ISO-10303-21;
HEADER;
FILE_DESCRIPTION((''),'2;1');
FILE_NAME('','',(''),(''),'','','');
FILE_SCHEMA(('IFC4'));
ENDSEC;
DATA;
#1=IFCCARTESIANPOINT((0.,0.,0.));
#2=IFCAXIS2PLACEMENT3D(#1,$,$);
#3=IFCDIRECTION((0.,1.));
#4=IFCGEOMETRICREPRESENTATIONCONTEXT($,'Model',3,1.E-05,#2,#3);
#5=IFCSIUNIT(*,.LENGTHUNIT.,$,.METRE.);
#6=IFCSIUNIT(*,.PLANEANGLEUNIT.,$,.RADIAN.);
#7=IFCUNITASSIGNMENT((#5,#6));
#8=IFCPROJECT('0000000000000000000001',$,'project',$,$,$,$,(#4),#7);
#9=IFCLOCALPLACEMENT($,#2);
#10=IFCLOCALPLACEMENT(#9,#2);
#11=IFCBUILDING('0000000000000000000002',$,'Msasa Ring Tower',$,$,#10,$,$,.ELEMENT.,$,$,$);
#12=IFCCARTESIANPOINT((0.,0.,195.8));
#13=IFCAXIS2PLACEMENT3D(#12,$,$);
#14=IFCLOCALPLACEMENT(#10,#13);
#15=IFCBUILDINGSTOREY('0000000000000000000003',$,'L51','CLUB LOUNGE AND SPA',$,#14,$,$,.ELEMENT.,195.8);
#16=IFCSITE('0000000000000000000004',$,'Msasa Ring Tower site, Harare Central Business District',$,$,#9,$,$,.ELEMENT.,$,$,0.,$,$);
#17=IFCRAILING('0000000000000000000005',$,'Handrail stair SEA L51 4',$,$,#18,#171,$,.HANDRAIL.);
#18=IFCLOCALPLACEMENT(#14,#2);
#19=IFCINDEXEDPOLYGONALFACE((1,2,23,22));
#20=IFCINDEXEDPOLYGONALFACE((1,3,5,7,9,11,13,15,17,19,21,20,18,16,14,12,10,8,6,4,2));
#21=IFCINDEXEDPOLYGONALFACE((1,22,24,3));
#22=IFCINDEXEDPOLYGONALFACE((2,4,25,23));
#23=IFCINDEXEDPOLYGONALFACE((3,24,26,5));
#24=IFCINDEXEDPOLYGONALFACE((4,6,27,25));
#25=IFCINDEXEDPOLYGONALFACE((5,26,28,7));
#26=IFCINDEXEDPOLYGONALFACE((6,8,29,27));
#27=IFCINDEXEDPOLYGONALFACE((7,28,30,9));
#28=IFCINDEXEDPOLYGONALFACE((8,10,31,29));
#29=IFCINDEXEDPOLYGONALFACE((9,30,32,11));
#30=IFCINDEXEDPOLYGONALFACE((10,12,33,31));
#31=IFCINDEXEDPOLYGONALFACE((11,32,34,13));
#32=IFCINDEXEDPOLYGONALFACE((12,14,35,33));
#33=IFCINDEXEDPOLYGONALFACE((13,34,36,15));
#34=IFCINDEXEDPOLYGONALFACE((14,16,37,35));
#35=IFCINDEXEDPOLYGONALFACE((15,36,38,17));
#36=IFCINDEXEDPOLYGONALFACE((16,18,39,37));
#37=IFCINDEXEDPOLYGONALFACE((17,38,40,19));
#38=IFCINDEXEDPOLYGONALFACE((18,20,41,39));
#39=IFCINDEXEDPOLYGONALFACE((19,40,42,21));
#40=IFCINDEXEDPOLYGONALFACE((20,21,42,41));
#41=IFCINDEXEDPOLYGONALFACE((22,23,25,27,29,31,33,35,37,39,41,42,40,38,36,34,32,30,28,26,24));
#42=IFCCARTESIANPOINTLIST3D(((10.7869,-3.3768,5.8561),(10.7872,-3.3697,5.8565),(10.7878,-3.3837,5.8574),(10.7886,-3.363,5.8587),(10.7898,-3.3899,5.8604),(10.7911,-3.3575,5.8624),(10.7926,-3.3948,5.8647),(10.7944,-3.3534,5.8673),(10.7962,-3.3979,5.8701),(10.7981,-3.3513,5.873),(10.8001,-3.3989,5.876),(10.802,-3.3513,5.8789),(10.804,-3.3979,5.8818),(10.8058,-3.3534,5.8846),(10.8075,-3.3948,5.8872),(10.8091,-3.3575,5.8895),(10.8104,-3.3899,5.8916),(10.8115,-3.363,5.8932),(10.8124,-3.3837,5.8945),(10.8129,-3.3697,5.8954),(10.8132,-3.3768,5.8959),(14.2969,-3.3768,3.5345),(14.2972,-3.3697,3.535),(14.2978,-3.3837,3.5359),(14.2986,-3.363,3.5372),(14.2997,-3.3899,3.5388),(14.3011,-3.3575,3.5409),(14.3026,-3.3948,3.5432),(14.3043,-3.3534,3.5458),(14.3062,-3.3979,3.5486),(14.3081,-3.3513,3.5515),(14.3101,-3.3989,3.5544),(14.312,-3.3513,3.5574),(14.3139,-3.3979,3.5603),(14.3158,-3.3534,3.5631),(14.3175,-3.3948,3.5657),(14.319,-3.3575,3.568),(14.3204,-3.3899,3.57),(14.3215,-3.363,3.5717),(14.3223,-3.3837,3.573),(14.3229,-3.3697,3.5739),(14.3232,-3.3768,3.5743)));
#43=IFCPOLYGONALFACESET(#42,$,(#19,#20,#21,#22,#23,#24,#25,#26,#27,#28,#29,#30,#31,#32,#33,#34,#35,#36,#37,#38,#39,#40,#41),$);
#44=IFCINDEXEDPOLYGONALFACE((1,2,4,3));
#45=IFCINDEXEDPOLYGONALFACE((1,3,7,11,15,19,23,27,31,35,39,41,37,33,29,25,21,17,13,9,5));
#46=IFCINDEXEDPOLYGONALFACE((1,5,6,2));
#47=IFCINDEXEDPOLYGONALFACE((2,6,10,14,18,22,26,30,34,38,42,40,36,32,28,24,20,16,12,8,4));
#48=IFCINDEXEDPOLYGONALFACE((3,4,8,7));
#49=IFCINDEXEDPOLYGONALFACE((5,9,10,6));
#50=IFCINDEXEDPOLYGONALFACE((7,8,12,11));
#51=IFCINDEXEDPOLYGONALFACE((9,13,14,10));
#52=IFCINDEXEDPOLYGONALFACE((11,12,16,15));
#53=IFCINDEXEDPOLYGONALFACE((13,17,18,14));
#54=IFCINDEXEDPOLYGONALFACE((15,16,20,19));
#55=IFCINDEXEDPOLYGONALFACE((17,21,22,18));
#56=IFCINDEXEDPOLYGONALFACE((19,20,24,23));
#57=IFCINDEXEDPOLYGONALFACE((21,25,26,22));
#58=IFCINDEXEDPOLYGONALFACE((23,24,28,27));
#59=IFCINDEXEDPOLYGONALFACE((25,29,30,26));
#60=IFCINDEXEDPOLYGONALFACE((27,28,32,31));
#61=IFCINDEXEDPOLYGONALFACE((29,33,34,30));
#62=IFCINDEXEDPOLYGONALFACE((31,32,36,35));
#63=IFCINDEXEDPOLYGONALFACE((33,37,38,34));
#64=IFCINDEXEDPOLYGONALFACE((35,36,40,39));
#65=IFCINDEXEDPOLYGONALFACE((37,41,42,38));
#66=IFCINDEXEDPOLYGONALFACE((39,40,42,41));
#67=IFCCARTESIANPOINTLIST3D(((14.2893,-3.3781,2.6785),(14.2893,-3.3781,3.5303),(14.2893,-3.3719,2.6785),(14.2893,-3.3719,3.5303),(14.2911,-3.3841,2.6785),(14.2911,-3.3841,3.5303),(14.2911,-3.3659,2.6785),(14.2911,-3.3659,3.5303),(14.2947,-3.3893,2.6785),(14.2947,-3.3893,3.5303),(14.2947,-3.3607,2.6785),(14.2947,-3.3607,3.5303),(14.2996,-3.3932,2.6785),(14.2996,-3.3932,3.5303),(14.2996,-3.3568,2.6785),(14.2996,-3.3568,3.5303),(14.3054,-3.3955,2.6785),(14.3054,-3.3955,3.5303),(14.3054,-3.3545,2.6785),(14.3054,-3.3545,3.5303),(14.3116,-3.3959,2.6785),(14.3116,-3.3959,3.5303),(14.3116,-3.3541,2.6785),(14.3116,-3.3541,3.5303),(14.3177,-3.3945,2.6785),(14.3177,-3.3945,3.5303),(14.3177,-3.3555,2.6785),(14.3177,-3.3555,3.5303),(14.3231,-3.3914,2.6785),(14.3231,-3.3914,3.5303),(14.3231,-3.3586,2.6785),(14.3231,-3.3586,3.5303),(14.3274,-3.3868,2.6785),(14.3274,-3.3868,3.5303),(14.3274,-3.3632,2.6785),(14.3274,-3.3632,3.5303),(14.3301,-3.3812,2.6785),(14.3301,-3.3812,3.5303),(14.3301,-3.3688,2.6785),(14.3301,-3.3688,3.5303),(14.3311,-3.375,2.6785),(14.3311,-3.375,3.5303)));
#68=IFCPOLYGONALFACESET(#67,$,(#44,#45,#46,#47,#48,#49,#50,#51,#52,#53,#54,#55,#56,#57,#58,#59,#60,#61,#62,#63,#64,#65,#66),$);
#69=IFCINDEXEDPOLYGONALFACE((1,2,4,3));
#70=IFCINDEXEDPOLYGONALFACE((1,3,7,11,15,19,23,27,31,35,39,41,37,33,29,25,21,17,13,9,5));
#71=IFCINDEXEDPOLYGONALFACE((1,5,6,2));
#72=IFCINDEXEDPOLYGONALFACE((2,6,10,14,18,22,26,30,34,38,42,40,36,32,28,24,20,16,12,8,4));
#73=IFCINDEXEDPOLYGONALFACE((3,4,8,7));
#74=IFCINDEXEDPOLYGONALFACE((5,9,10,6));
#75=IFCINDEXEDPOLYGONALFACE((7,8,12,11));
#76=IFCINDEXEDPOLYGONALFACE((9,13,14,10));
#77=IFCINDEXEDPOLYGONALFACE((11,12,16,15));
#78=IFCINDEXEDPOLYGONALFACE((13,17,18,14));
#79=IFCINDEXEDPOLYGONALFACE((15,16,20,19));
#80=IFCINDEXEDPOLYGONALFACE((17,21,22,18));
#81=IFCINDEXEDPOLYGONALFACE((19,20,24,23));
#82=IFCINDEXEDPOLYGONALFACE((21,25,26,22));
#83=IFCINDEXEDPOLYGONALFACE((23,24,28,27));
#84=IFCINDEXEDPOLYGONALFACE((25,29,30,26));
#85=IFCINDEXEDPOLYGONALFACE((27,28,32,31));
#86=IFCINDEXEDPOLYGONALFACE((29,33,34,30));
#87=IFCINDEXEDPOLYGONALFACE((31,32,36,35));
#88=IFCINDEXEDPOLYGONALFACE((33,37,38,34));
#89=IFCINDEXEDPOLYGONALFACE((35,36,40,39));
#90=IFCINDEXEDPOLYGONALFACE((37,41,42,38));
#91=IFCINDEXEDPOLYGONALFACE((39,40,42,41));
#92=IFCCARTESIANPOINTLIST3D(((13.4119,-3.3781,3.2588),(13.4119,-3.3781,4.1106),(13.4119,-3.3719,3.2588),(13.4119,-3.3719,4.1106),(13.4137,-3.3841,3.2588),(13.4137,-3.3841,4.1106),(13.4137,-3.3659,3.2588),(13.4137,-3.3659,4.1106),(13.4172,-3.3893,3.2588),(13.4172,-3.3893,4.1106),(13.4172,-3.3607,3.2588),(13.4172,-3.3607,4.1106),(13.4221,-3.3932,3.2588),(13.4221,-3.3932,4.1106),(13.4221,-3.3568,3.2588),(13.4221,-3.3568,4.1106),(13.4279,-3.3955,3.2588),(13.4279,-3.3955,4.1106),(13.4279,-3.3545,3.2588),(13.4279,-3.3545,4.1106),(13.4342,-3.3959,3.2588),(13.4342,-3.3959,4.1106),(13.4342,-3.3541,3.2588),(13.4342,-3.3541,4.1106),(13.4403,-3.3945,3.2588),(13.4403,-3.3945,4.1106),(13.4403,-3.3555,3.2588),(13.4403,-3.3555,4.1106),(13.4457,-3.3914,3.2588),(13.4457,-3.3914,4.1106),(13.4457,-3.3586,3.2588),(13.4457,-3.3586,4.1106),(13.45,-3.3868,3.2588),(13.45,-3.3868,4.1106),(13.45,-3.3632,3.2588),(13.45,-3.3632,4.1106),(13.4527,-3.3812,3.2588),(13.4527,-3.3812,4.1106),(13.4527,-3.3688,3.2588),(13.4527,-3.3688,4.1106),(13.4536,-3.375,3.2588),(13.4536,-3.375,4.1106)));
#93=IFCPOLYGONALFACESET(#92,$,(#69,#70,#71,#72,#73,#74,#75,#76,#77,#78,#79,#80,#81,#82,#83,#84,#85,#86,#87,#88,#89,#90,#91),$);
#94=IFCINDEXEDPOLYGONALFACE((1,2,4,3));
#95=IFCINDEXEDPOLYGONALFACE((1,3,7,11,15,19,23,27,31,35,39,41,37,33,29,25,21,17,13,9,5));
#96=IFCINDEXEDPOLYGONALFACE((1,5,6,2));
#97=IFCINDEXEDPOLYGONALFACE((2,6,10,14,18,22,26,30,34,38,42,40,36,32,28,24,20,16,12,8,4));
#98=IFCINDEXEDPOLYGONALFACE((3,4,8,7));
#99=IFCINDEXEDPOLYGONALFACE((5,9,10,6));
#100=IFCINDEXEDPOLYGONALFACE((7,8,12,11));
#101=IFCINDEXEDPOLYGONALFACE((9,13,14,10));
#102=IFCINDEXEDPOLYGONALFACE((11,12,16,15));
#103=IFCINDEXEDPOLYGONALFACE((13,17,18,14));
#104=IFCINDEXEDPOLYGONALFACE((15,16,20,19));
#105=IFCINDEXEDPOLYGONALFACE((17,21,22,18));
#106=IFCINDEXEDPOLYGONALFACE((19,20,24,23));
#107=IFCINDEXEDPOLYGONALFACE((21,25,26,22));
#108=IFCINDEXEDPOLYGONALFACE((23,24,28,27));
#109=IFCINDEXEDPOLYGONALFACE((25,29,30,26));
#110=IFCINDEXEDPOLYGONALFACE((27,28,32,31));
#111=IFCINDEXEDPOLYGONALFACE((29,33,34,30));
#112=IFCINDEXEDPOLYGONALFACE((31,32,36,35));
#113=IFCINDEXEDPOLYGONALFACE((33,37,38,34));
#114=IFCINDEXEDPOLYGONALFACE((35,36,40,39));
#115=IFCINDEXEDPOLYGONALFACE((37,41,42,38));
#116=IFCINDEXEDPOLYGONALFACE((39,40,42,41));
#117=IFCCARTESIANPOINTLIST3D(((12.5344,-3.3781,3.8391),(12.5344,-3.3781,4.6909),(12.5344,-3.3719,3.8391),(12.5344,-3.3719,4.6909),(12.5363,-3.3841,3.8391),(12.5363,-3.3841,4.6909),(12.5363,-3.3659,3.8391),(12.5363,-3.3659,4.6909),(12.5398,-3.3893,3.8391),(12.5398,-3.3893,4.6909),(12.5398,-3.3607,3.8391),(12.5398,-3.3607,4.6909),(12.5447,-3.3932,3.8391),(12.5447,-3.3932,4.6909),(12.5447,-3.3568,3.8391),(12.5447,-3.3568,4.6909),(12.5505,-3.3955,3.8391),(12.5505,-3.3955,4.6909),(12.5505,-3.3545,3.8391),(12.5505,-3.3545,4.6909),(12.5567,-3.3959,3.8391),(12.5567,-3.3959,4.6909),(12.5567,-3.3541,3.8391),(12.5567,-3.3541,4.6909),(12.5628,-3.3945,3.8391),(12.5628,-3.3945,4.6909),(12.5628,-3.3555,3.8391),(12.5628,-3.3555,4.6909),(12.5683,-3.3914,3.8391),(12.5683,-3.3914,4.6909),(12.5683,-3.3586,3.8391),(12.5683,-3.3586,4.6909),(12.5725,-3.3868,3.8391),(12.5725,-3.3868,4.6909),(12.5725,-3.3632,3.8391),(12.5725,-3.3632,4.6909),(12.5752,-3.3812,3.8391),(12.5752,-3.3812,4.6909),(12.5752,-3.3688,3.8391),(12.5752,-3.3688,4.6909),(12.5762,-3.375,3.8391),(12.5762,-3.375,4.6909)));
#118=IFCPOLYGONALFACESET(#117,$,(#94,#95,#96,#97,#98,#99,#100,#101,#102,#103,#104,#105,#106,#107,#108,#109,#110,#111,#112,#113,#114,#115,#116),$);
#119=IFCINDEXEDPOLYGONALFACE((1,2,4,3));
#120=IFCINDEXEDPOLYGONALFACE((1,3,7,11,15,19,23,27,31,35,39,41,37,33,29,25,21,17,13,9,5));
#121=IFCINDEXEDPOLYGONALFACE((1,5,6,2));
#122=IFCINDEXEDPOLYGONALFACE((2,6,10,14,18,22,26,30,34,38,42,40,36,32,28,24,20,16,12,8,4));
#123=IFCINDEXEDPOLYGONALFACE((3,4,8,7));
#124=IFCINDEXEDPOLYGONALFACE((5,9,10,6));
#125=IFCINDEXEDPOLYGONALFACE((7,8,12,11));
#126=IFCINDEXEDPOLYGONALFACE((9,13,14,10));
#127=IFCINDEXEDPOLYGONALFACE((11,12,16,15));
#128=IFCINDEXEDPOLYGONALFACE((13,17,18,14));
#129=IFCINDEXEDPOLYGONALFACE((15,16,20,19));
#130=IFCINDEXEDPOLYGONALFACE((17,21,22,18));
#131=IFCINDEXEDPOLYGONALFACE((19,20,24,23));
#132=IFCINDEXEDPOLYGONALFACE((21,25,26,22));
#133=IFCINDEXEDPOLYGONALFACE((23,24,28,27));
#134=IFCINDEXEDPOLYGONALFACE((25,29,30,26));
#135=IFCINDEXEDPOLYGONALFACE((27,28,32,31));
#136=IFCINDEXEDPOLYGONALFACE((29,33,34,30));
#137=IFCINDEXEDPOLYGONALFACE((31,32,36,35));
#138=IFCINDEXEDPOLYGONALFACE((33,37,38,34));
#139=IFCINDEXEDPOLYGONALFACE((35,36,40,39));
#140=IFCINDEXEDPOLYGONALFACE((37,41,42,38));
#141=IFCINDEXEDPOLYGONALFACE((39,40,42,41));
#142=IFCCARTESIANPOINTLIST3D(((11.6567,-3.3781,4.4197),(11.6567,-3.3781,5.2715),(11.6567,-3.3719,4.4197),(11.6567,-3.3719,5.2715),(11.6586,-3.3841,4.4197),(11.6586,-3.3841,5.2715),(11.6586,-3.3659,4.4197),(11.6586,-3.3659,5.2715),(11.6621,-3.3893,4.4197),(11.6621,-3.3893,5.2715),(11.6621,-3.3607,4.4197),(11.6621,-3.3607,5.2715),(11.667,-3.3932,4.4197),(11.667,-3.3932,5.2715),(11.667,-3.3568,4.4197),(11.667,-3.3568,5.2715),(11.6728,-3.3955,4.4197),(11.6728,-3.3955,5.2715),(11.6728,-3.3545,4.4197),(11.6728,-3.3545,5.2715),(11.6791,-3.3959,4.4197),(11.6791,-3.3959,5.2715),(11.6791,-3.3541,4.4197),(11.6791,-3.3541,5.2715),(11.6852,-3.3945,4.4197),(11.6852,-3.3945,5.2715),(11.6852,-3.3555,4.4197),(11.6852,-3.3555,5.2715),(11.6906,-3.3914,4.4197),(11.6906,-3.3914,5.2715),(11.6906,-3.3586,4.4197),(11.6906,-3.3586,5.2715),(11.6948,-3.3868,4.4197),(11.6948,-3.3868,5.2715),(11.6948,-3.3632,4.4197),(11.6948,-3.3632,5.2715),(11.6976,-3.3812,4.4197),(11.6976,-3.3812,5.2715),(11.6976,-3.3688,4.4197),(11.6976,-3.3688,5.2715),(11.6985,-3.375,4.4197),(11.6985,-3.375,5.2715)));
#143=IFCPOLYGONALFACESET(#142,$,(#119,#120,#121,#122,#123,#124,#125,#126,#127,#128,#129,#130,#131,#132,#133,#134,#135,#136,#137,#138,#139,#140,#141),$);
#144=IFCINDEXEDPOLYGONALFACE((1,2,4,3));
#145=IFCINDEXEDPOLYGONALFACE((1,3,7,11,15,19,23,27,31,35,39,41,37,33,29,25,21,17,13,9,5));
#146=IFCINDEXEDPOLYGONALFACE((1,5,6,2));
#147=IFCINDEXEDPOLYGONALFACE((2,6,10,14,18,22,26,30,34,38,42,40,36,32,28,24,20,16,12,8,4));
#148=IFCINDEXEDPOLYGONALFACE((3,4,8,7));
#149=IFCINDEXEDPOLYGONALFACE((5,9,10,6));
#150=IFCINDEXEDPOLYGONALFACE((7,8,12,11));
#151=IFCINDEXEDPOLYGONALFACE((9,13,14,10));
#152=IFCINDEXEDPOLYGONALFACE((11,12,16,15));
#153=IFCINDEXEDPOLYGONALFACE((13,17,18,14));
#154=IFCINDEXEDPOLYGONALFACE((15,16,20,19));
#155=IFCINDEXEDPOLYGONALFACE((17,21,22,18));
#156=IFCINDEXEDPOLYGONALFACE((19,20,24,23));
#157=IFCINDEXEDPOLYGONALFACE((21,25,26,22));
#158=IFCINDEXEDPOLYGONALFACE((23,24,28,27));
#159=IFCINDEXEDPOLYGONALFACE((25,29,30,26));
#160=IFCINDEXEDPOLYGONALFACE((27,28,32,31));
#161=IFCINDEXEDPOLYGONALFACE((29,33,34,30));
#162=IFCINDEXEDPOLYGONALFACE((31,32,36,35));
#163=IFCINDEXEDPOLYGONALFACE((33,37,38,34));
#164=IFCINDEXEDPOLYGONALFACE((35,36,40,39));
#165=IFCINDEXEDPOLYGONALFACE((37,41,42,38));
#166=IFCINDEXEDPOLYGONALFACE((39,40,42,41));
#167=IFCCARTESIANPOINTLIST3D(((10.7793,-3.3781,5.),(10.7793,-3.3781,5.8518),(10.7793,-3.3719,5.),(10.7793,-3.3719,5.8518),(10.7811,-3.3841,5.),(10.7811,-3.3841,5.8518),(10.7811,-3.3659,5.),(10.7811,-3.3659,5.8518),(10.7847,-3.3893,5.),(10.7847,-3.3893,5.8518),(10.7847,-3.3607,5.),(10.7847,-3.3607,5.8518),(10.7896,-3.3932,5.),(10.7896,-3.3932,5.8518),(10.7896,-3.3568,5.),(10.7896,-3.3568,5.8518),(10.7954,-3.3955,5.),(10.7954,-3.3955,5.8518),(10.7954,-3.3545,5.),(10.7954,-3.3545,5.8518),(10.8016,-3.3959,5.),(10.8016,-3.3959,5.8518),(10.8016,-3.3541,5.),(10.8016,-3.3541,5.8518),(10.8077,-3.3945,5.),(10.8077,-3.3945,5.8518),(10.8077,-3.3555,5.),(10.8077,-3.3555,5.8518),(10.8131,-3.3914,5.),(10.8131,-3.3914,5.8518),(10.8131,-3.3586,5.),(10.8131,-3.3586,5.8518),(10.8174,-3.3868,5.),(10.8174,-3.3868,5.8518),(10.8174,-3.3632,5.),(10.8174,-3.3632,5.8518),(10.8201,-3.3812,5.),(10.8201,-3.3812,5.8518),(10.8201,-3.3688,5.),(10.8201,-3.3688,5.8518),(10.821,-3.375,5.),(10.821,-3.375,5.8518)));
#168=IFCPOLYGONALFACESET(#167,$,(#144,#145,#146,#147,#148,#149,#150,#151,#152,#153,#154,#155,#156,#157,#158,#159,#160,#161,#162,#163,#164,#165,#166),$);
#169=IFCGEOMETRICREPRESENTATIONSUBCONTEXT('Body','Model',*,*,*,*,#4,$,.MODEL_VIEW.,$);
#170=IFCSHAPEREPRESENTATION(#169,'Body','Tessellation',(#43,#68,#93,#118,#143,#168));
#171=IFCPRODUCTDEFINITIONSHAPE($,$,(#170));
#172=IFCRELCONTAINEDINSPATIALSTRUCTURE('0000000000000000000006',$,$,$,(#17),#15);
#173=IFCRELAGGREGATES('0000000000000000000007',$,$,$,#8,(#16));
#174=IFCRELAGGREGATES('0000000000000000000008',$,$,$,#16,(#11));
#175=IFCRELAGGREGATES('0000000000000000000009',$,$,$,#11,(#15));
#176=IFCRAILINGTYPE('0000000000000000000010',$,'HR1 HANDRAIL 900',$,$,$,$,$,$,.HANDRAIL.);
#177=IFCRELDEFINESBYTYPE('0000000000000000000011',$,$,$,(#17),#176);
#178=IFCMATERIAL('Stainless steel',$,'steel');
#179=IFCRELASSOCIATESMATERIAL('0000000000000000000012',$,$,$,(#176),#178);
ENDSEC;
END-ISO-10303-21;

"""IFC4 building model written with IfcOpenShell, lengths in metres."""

from ifc_helpers import new_model, si_unit, direction, frame, origin, origin_2d, place, context, subcontext, project, spatial, circle, extrude, material, type_object, element, save


model = new_model("IFC4")

# Units and contexts
model_context = context("Model", 3, precision=1e-05, world=origin(), true_north=direction((0.0, 1.0)))
body_context = subcontext(model_context, "Body", "Model", "MODEL_VIEW")
ifc_project = project(units=[si_unit("LENGTHUNIT", "METRE"), si_unit("PLANEANGLEUNIT", "RADIAN")], contexts=[model_context])

# Site, building, storey
site_placement = place(None, origin())
site = spatial("IfcSite", under=ifc_project, at=site_placement, Name="Msasa Ring Tower site, Harare Central Business District", CompositionType="ELEMENT", RefElevation=0.0)
building_placement = place(site_placement, origin())
building = spatial("IfcBuilding", under=site, at=building_placement, Name="Msasa Ring Tower", CompositionType="ELEMENT")
storey_placement = place(building_placement, frame((0.0, 0.0, 195.8)))
storey = spatial("IfcBuildingStorey", under=building, at=storey_placement, Name="L51", Description="CLUB LOUNGE AND SPA", CompositionType="ELEMENT", Elevation=195.8)

# Railing
ifc_material_1 = material(Name="Stainless steel", Category="steel")
railing_type = type_object("IfcRailingType", Name="HR1 HANDRAIL 900", PredefinedType="HANDRAIL", material=ifc_material_1)
for number, where, name in (
    (1, (14.3101, -3.375, 2.6785), "Handrail stair SEA L51 4"),
):
    element("IfcRailing", number, at=place(storey_placement, frame(where)), inside=storey, type_object=railing_type, Name=name, PredefinedType="HANDRAIL", context=body_context, shape_type="SweptSolid", body=[
        extrude(circle(Radius=0.0239, at=origin_2d()), frame((0.0, 0.0, 0.876), z_axis=(-0.834071, 0.0, 0.551657), x_axis=(0.0, -1.0, 0.0)), (0.0, 0.0, 1.0), 4.2083),
        extrude(circle(Radius=0.021, at=origin_2d()), origin(), (0.0, 0.0, 1.0), 0.8518),
        extrude(circle(Radius=0.021, at=origin_2d()), frame((-0.8774, 0.0, 0.5803)), (0.0, 0.0, 1.0), 0.8518),
        extrude(circle(Radius=0.021, at=origin_2d()), frame((-1.7549, 0.0, 1.1606)), (0.0, 0.0, 1.0), 0.8518),
        extrude(circle(Radius=0.021, at=origin_2d()), frame((-2.6326, 0.0, 1.7412)), (0.0, 0.0, 1.0), 0.8518),
        extrude(circle(Radius=0.021, at=origin_2d()), frame((-3.51, 0.0, 2.3215)), (0.0, 0.0, 1.0), 0.8518),
    ])

save(model, "model.ifc")
